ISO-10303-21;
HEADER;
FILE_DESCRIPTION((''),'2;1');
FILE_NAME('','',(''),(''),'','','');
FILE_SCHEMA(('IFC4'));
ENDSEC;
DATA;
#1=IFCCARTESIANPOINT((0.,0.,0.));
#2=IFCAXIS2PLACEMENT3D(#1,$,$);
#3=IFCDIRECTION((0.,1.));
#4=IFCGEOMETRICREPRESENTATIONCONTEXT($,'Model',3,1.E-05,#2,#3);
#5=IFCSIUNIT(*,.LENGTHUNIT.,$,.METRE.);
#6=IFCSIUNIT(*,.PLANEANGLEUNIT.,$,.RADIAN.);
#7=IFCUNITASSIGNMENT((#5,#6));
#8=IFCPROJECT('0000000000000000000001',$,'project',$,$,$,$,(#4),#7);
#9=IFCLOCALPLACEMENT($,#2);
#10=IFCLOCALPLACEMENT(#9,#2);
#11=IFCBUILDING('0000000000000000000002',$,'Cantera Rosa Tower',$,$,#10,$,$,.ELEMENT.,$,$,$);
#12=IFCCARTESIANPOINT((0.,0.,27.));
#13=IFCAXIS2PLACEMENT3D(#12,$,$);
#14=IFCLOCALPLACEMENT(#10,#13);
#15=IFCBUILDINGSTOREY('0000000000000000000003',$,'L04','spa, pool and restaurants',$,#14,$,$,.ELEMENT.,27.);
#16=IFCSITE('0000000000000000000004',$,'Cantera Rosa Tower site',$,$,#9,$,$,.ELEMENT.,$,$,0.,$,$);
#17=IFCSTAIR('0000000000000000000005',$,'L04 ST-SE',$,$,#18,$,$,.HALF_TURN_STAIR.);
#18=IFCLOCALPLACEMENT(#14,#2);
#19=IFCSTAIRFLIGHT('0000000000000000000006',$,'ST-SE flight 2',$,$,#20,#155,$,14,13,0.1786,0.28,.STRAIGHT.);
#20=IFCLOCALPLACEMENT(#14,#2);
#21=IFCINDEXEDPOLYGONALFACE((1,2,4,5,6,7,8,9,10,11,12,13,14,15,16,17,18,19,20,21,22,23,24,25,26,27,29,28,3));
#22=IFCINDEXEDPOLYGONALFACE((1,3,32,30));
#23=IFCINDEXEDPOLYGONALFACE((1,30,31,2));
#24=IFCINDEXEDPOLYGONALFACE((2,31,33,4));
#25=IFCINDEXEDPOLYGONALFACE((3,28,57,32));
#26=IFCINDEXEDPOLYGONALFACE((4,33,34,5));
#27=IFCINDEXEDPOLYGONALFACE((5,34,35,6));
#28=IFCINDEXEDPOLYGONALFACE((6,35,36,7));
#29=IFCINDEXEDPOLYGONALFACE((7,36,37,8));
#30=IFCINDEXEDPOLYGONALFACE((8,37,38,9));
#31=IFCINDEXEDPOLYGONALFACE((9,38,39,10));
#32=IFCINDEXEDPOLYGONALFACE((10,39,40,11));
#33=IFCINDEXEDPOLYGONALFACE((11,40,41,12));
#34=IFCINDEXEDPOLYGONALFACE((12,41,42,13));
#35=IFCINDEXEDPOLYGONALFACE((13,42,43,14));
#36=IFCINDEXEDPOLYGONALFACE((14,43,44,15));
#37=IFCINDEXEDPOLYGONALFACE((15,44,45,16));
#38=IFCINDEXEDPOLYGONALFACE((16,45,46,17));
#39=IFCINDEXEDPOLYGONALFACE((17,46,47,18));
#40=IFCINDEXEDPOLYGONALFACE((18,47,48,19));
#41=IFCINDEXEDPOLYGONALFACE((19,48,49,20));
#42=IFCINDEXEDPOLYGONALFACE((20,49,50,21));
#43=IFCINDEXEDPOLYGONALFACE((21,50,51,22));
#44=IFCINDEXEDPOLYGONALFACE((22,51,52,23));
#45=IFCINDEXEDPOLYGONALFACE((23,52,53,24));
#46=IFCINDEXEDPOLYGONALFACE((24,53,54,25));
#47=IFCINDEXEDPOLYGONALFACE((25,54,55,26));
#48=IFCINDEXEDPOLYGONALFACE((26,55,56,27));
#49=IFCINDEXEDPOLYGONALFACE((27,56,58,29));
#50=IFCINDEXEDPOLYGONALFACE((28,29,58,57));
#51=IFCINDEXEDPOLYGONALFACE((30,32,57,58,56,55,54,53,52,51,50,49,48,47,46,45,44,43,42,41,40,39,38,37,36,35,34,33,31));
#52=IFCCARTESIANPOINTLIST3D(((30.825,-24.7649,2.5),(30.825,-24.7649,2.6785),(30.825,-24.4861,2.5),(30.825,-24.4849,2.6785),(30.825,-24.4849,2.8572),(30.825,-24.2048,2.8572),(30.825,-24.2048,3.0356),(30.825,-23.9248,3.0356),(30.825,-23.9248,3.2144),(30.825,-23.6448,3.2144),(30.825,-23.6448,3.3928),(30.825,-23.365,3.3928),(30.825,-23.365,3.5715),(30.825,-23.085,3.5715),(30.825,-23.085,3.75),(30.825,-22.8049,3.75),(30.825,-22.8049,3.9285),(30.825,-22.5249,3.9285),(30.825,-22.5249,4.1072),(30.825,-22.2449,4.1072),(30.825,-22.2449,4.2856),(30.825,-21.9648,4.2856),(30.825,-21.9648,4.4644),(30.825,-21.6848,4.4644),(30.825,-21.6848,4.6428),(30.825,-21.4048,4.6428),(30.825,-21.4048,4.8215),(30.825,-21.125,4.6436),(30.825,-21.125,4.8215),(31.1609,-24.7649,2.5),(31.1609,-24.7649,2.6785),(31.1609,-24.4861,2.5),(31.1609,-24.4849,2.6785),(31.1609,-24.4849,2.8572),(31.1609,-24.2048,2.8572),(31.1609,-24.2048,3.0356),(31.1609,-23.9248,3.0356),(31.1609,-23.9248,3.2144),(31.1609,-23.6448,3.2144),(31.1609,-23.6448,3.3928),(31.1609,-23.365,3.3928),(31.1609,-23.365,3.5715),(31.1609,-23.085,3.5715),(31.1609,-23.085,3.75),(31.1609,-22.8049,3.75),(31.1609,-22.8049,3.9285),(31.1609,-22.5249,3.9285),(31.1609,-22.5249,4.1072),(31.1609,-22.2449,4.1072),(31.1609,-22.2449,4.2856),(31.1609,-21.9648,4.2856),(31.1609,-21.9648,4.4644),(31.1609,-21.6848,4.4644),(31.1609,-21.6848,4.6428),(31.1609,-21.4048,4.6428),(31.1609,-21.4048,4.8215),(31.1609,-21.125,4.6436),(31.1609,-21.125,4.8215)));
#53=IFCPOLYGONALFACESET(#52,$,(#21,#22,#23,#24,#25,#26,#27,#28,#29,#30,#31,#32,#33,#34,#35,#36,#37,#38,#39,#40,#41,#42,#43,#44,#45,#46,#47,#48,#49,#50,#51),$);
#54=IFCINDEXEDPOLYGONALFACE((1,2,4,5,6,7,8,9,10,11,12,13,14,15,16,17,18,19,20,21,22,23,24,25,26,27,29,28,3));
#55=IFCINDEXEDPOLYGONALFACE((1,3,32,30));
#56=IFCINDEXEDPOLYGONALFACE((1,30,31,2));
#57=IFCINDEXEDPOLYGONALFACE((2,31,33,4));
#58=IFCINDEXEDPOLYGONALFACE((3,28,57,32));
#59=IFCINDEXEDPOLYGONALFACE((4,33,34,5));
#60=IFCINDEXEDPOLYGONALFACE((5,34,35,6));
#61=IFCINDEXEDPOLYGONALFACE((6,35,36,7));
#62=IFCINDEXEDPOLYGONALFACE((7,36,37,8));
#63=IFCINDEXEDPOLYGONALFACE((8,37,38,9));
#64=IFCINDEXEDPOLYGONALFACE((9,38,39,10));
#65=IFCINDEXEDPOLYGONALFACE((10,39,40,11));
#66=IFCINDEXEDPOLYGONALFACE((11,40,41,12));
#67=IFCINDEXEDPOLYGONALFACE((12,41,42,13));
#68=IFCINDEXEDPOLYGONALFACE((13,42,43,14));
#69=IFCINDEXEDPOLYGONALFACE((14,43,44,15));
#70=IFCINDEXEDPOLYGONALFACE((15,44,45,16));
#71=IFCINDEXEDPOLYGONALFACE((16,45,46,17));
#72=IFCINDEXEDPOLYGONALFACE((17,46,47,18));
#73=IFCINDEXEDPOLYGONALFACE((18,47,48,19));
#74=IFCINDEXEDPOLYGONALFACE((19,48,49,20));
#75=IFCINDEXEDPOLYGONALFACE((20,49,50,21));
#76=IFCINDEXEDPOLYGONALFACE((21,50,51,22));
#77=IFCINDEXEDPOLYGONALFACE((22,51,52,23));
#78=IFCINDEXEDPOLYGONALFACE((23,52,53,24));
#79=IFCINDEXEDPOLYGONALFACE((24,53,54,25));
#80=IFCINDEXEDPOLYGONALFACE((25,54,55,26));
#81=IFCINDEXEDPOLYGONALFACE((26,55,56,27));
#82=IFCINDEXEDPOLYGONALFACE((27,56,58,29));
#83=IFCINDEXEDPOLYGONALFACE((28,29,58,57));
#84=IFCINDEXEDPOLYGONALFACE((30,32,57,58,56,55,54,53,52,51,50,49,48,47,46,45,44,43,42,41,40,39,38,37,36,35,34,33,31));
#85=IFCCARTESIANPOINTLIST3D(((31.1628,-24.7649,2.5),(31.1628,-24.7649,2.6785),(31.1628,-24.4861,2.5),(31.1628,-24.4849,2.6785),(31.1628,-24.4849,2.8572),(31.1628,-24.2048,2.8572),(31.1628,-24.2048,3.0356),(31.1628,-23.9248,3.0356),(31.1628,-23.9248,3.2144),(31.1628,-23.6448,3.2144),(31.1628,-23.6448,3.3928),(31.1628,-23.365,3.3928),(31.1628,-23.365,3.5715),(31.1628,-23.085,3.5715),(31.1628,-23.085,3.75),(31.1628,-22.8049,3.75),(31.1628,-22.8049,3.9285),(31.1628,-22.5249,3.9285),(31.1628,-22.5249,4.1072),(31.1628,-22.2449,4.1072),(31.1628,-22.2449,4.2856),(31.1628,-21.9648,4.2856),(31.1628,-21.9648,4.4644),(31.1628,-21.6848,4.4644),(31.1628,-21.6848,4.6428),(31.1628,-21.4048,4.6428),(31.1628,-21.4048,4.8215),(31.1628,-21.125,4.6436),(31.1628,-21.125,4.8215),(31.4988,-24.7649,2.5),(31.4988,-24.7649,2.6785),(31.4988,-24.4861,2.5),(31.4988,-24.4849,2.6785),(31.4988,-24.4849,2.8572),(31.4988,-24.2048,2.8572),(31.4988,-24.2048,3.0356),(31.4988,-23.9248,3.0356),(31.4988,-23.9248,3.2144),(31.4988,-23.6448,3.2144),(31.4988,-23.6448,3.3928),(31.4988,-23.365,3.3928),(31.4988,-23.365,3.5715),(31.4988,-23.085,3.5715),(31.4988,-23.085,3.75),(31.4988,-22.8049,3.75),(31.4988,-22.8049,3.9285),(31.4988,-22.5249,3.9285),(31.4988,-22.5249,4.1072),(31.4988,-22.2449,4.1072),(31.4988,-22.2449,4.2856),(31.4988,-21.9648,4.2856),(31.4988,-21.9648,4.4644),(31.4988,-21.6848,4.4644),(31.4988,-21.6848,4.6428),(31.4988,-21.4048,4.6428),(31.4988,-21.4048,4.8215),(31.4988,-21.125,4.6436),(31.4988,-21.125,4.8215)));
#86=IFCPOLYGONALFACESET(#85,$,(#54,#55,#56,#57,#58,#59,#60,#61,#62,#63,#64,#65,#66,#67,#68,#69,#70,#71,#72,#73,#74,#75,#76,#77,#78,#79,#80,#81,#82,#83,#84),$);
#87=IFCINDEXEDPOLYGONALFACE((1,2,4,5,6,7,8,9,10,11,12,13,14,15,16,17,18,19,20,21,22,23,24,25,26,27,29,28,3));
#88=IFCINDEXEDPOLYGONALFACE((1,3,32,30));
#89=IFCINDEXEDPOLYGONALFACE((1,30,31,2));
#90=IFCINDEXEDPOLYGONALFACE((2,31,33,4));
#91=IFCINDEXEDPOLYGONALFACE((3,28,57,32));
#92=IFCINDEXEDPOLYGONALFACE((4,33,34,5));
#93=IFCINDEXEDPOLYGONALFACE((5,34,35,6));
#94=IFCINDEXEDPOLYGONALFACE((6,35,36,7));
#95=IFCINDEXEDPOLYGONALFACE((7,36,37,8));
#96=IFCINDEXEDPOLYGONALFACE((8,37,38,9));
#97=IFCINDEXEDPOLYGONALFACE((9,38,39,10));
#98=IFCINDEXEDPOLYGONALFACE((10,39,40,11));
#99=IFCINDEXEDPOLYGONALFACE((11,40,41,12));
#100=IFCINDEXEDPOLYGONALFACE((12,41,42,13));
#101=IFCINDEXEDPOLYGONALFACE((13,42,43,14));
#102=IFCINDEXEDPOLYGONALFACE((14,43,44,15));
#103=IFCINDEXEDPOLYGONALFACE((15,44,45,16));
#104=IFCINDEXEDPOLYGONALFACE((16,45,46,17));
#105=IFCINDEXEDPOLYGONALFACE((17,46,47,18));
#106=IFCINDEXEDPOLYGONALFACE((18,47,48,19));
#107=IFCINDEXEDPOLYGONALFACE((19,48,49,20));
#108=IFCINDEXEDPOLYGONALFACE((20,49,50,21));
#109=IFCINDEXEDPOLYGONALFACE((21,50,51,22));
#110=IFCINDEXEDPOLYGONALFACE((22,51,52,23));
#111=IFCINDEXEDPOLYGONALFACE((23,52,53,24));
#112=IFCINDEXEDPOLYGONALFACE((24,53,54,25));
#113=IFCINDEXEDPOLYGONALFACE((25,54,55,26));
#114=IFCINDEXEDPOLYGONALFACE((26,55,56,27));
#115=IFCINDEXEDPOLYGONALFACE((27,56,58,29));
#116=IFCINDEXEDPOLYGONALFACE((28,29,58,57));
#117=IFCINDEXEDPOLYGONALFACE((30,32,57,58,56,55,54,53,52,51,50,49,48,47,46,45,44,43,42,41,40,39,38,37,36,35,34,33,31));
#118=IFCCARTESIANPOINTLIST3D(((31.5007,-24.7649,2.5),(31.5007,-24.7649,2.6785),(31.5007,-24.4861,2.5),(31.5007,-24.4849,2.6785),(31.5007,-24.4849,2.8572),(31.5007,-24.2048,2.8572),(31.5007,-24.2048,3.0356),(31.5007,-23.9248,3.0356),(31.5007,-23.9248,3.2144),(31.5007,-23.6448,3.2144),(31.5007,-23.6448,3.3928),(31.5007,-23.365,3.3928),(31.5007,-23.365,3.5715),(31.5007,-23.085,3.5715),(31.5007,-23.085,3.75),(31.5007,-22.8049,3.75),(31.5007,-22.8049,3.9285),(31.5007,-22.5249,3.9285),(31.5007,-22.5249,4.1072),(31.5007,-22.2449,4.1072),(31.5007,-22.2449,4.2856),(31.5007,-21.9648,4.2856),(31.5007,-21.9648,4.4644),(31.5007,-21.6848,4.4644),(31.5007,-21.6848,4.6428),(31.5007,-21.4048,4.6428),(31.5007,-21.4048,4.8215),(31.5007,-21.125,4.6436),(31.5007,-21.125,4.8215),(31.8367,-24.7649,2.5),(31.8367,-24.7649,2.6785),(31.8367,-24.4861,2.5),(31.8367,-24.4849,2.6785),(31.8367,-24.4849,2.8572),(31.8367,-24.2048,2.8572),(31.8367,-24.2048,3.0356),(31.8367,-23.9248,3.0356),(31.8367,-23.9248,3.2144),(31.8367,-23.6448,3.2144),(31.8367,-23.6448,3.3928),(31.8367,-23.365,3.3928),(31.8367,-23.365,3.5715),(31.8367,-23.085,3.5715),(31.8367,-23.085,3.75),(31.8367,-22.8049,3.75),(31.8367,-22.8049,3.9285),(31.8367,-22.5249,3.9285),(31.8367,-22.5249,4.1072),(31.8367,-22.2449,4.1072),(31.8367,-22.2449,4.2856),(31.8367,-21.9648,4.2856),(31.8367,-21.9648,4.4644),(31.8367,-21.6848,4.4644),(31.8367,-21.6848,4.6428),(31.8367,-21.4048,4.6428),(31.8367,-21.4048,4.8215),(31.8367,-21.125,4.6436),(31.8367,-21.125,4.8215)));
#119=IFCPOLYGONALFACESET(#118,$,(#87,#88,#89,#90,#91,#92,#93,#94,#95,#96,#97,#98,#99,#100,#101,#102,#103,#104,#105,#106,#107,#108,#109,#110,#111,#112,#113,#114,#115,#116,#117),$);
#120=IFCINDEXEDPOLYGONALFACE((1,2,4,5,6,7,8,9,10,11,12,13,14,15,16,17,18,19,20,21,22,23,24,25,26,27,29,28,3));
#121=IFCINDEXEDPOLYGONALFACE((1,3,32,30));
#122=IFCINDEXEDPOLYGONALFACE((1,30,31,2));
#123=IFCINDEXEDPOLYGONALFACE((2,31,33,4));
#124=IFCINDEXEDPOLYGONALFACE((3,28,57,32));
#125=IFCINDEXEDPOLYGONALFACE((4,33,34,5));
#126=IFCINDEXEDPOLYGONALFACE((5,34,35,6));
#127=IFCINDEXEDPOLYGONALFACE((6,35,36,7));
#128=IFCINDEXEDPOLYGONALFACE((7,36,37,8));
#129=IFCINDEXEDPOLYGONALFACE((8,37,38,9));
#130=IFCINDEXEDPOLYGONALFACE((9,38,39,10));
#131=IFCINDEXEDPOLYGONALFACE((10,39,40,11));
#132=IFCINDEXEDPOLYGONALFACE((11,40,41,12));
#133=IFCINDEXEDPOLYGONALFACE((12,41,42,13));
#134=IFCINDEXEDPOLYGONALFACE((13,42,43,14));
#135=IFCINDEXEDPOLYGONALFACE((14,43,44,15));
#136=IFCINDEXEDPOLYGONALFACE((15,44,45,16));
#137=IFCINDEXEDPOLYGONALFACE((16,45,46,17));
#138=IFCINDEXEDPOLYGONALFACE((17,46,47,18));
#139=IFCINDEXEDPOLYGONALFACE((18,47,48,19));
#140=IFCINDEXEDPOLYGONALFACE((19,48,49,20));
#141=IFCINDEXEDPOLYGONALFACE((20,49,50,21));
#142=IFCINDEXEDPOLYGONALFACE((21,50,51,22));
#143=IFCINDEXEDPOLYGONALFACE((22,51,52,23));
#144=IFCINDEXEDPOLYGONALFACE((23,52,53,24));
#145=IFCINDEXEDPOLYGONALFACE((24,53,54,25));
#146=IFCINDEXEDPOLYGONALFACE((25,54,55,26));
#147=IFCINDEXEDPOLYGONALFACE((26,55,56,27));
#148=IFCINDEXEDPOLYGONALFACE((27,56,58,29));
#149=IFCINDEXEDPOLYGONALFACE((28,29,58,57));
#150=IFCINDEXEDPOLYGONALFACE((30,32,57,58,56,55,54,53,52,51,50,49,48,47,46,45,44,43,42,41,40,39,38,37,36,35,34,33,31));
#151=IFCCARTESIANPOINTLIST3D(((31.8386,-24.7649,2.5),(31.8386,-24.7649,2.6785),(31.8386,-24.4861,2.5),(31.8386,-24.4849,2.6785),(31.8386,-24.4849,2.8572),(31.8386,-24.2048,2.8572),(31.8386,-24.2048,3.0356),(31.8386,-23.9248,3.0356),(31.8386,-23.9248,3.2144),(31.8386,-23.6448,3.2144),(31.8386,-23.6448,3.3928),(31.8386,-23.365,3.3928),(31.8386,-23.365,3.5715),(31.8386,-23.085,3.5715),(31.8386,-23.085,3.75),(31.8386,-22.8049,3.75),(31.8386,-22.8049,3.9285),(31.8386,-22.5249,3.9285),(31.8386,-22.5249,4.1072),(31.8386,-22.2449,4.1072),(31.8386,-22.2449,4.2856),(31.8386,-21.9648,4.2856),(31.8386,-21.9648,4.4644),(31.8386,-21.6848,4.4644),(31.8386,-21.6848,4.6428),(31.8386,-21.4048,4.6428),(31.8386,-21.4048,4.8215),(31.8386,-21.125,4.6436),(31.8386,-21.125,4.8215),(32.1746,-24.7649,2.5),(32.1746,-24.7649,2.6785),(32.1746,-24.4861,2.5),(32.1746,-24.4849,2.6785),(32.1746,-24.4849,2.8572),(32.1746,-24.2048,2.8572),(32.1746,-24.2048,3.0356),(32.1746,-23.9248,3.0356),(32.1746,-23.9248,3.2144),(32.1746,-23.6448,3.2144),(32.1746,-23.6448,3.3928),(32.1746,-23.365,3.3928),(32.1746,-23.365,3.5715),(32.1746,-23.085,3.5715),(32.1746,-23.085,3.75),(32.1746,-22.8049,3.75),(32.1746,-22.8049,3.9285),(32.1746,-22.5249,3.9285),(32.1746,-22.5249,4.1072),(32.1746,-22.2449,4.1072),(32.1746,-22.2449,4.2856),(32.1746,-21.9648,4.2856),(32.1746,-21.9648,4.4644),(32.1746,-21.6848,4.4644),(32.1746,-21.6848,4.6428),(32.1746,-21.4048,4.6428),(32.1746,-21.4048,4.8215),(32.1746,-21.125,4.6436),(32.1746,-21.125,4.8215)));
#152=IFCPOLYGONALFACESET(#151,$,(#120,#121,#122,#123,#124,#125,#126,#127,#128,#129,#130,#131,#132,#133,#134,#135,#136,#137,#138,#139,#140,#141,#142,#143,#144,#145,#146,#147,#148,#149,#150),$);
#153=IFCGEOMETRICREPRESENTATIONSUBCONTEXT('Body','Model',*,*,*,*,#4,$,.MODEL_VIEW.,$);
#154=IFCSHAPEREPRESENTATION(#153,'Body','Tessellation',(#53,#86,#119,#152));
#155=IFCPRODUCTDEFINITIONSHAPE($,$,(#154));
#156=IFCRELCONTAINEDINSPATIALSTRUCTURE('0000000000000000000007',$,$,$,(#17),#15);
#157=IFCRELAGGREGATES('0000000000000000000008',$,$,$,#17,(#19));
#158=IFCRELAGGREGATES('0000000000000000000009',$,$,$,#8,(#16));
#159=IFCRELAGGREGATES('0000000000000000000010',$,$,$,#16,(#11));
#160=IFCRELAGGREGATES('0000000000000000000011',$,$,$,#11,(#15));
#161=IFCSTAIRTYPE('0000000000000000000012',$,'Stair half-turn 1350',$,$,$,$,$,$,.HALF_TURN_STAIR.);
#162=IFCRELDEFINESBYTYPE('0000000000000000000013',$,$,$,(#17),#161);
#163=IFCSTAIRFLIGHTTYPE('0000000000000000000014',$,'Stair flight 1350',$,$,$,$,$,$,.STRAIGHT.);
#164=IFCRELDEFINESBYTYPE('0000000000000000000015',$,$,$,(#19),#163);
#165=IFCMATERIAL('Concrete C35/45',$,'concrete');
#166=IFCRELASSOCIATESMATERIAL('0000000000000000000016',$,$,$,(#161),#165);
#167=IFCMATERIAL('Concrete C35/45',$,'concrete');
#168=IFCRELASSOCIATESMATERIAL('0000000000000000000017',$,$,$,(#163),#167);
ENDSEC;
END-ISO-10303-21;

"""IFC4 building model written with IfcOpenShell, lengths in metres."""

from ifc_helpers import new_model, si_unit, direction, frame, origin, place, context, subcontext, project, spatial, polyline, outline, extrude, material, type_object, element, aggregate, save


model = new_model("IFC4")

# Units and contexts
model_context = context("Model", 3, precision=1e-05, world=origin(), true_north=direction((0.0, 1.0)))
body_context = subcontext(model_context, "Body", "Model", "MODEL_VIEW")
ifc_project = project(units=[si_unit("LENGTHUNIT", "METRE"), si_unit("PLANEANGLEUNIT", "RADIAN")], contexts=[model_context])

# Site, building, storey
site_placement = place(None, origin())
site = spatial("IfcSite", under=ifc_project, at=site_placement, Name="Cantera Rosa Tower site", CompositionType="ELEMENT", RefElevation=0.0)
building_placement = place(site_placement, origin())
building = spatial("IfcBuilding", under=site, at=building_placement, Name="Cantera Rosa Tower", CompositionType="ELEMENT")
storey_placement = place(building_placement, frame((0.0, 0.0, 27.0)))
storey = spatial("IfcBuildingStorey", under=building, at=storey_placement, Name="L04", Description="spa, pool and restaurants", CompositionType="ELEMENT", Elevation=27.0)

# Stair, stair flight
ifc_material_1 = material(Name="Concrete C35/45", Category="concrete")
stair_type = type_object("IfcStairType", Name="Stair half-turn 1350", PredefinedType="HALF_TURN_STAIR", material=ifc_material_1)
stair_placement = place(storey_placement, origin())
stair = element("IfcStair", 1, at=stair_placement, inside=storey, type_object=stair_type, Name="L04 ST-SE", PredefinedType="HALF_TURN_STAIR")
ifc_material_2 = material(Name="Concrete C35/45", Category="concrete")
stair_flight_type = type_object("IfcStairFlightType", Name="Stair flight 1350", PredefinedType="STRAIGHT", material=ifc_material_2)
stair_flight_1_placement = place(storey_placement, frame((31.5, -24.7649, 2.5), z_axis=(0.0, 0.0, 1.0), x_axis=(0.0, 1.0, 0.0)))
stair_flight_1 = element("IfcStairFlight", 2, at=stair_flight_1_placement, type_object=stair_flight_type, Name="ST-SE flight 2", NumberOfRisers=14, NumberOfTreads=13, PredefinedType="STRAIGHT", RiserHeight=0.1786, TreadLength=0.28, context=body_context, shape_type="SweptSolid", body=[
    extrude(outline(polyline([(0.0, 0.0), (0.0, 0.1785), (0.28, 0.1785), (0.28, 0.3572), (0.5601, 0.3572), (0.5601, 0.5356), (0.8401, 0.5356), (0.8401, 0.7144), (1.1201, 0.7144), (1.1201, 0.8928), (1.3999, 0.8928), (1.3999, 1.0715), (1.6799, 1.0715), (1.6799, 1.25), (1.96, 1.25), (1.96, 1.4285), (2.24, 1.4285), (2.24, 1.6072), (2.52, 1.6072), (2.52, 1.7856), (2.8, 1.7856), (2.8, 1.9644), (3.0801, 1.9644), (3.0801, 2.1428), (3.3601, 2.1428), (3.3601, 2.3215), (3.6399, 2.3215), (3.6399, 2.5), (3.6399, 2.1436), (0.2788, 0.0), (0.0, 0.0)])), frame((0.0, 0.675, 0.0), z_axis=(0.0, -1.0, 0.0), x_axis=(1.0, 0.0, 0.0)), (0.0, 0.0, 1.0), 0.3359),
    extrude(outline(polyline([(0.0, 0.0), (0.0, 0.1785), (0.28, 0.1785), (0.28, 0.3572), (0.5601, 0.3572), (0.5601, 0.5356), (0.8401, 0.5356), (0.8401, 0.7144), (1.1201, 0.7144), (1.1201, 0.8928), (1.3999, 0.8928), (1.3999, 1.0715), (1.6799, 1.0715), (1.6799, 1.25), (1.96, 1.25), (1.96, 1.4285), (2.24, 1.4285), (2.24, 1.6072), (2.52, 1.6072), (2.52, 1.7856), (2.8, 1.7856), (2.8, 1.9644), (3.0801, 1.9644), (3.0801, 2.1428), (3.3601, 2.1428), (3.3601, 2.3215), (3.6399, 2.3215), (3.6399, 2.5), (3.6399, 2.1436), (0.2788, 0.0), (0.0, 0.0)])), frame((0.0, 0.3372, 0.0), z_axis=(0.0, -1.0, 0.0), x_axis=(1.0, 0.0, 0.0)), (0.0, 0.0, 1.0), 0.3359),
    extrude(outline(polyline([(0.0, 0.0), (0.0, 0.1785), (0.28, 0.1785), (0.28, 0.3572), (0.5601, 0.3572), (0.5601, 0.5356), (0.8401, 0.5356), (0.8401, 0.7144), (1.1201, 0.7144), (1.1201, 0.8928), (1.3999, 0.8928), (1.3999, 1.0715), (1.6799, 1.0715), (1.6799, 1.25), (1.96, 1.25), (1.96, 1.4285), (2.24, 1.4285), (2.24, 1.6072), (2.52, 1.6072), (2.52, 1.7856), (2.8, 1.7856), (2.8, 1.9644), (3.0801, 1.9644), (3.0801, 2.1428), (3.3601, 2.1428), (3.3601, 2.3215), (3.6399, 2.3215), (3.6399, 2.5), (3.6399, 2.1436), (0.2788, 0.0), (0.0, 0.0)])), frame((0.0, -0.0007, 0.0), z_axis=(0.0, -1.0, 0.0), x_axis=(1.0, 0.0, 0.0)), (0.0, 0.0, 1.0), 0.3359),
    extrude(outline(polyline([(0.0, 0.0), (0.0, 0.1785), (0.28, 0.1785), (0.28, 0.3572), (0.5601, 0.3572), (0.5601, 0.5356), (0.8401, 0.5356), (0.8401, 0.7144), (1.1201, 0.7144), (1.1201, 0.8928), (1.3999, 0.8928), (1.3999, 1.0715), (1.6799, 1.0715), (1.6799, 1.25), (1.96, 1.25), (1.96, 1.4285), (2.24, 1.4285), (2.24, 1.6072), (2.52, 1.6072), (2.52, 1.7856), (2.8, 1.7856), (2.8, 1.9644), (3.0801, 1.9644), (3.0801, 2.1428), (3.3601, 2.1428), (3.3601, 2.3215), (3.6399, 2.3215), (3.6399, 2.5), (3.6399, 2.1436), (0.2788, 0.0), (0.0, 0.0)])), frame((0.0, -0.3386, 0.0), z_axis=(0.0, -1.0, 0.0), x_axis=(1.0, 0.0, 0.0)), (0.0, 0.0, 1.0), 0.3359),
])
aggregate(stair, [stair_flight_1])

save(model, "model.ifc")
